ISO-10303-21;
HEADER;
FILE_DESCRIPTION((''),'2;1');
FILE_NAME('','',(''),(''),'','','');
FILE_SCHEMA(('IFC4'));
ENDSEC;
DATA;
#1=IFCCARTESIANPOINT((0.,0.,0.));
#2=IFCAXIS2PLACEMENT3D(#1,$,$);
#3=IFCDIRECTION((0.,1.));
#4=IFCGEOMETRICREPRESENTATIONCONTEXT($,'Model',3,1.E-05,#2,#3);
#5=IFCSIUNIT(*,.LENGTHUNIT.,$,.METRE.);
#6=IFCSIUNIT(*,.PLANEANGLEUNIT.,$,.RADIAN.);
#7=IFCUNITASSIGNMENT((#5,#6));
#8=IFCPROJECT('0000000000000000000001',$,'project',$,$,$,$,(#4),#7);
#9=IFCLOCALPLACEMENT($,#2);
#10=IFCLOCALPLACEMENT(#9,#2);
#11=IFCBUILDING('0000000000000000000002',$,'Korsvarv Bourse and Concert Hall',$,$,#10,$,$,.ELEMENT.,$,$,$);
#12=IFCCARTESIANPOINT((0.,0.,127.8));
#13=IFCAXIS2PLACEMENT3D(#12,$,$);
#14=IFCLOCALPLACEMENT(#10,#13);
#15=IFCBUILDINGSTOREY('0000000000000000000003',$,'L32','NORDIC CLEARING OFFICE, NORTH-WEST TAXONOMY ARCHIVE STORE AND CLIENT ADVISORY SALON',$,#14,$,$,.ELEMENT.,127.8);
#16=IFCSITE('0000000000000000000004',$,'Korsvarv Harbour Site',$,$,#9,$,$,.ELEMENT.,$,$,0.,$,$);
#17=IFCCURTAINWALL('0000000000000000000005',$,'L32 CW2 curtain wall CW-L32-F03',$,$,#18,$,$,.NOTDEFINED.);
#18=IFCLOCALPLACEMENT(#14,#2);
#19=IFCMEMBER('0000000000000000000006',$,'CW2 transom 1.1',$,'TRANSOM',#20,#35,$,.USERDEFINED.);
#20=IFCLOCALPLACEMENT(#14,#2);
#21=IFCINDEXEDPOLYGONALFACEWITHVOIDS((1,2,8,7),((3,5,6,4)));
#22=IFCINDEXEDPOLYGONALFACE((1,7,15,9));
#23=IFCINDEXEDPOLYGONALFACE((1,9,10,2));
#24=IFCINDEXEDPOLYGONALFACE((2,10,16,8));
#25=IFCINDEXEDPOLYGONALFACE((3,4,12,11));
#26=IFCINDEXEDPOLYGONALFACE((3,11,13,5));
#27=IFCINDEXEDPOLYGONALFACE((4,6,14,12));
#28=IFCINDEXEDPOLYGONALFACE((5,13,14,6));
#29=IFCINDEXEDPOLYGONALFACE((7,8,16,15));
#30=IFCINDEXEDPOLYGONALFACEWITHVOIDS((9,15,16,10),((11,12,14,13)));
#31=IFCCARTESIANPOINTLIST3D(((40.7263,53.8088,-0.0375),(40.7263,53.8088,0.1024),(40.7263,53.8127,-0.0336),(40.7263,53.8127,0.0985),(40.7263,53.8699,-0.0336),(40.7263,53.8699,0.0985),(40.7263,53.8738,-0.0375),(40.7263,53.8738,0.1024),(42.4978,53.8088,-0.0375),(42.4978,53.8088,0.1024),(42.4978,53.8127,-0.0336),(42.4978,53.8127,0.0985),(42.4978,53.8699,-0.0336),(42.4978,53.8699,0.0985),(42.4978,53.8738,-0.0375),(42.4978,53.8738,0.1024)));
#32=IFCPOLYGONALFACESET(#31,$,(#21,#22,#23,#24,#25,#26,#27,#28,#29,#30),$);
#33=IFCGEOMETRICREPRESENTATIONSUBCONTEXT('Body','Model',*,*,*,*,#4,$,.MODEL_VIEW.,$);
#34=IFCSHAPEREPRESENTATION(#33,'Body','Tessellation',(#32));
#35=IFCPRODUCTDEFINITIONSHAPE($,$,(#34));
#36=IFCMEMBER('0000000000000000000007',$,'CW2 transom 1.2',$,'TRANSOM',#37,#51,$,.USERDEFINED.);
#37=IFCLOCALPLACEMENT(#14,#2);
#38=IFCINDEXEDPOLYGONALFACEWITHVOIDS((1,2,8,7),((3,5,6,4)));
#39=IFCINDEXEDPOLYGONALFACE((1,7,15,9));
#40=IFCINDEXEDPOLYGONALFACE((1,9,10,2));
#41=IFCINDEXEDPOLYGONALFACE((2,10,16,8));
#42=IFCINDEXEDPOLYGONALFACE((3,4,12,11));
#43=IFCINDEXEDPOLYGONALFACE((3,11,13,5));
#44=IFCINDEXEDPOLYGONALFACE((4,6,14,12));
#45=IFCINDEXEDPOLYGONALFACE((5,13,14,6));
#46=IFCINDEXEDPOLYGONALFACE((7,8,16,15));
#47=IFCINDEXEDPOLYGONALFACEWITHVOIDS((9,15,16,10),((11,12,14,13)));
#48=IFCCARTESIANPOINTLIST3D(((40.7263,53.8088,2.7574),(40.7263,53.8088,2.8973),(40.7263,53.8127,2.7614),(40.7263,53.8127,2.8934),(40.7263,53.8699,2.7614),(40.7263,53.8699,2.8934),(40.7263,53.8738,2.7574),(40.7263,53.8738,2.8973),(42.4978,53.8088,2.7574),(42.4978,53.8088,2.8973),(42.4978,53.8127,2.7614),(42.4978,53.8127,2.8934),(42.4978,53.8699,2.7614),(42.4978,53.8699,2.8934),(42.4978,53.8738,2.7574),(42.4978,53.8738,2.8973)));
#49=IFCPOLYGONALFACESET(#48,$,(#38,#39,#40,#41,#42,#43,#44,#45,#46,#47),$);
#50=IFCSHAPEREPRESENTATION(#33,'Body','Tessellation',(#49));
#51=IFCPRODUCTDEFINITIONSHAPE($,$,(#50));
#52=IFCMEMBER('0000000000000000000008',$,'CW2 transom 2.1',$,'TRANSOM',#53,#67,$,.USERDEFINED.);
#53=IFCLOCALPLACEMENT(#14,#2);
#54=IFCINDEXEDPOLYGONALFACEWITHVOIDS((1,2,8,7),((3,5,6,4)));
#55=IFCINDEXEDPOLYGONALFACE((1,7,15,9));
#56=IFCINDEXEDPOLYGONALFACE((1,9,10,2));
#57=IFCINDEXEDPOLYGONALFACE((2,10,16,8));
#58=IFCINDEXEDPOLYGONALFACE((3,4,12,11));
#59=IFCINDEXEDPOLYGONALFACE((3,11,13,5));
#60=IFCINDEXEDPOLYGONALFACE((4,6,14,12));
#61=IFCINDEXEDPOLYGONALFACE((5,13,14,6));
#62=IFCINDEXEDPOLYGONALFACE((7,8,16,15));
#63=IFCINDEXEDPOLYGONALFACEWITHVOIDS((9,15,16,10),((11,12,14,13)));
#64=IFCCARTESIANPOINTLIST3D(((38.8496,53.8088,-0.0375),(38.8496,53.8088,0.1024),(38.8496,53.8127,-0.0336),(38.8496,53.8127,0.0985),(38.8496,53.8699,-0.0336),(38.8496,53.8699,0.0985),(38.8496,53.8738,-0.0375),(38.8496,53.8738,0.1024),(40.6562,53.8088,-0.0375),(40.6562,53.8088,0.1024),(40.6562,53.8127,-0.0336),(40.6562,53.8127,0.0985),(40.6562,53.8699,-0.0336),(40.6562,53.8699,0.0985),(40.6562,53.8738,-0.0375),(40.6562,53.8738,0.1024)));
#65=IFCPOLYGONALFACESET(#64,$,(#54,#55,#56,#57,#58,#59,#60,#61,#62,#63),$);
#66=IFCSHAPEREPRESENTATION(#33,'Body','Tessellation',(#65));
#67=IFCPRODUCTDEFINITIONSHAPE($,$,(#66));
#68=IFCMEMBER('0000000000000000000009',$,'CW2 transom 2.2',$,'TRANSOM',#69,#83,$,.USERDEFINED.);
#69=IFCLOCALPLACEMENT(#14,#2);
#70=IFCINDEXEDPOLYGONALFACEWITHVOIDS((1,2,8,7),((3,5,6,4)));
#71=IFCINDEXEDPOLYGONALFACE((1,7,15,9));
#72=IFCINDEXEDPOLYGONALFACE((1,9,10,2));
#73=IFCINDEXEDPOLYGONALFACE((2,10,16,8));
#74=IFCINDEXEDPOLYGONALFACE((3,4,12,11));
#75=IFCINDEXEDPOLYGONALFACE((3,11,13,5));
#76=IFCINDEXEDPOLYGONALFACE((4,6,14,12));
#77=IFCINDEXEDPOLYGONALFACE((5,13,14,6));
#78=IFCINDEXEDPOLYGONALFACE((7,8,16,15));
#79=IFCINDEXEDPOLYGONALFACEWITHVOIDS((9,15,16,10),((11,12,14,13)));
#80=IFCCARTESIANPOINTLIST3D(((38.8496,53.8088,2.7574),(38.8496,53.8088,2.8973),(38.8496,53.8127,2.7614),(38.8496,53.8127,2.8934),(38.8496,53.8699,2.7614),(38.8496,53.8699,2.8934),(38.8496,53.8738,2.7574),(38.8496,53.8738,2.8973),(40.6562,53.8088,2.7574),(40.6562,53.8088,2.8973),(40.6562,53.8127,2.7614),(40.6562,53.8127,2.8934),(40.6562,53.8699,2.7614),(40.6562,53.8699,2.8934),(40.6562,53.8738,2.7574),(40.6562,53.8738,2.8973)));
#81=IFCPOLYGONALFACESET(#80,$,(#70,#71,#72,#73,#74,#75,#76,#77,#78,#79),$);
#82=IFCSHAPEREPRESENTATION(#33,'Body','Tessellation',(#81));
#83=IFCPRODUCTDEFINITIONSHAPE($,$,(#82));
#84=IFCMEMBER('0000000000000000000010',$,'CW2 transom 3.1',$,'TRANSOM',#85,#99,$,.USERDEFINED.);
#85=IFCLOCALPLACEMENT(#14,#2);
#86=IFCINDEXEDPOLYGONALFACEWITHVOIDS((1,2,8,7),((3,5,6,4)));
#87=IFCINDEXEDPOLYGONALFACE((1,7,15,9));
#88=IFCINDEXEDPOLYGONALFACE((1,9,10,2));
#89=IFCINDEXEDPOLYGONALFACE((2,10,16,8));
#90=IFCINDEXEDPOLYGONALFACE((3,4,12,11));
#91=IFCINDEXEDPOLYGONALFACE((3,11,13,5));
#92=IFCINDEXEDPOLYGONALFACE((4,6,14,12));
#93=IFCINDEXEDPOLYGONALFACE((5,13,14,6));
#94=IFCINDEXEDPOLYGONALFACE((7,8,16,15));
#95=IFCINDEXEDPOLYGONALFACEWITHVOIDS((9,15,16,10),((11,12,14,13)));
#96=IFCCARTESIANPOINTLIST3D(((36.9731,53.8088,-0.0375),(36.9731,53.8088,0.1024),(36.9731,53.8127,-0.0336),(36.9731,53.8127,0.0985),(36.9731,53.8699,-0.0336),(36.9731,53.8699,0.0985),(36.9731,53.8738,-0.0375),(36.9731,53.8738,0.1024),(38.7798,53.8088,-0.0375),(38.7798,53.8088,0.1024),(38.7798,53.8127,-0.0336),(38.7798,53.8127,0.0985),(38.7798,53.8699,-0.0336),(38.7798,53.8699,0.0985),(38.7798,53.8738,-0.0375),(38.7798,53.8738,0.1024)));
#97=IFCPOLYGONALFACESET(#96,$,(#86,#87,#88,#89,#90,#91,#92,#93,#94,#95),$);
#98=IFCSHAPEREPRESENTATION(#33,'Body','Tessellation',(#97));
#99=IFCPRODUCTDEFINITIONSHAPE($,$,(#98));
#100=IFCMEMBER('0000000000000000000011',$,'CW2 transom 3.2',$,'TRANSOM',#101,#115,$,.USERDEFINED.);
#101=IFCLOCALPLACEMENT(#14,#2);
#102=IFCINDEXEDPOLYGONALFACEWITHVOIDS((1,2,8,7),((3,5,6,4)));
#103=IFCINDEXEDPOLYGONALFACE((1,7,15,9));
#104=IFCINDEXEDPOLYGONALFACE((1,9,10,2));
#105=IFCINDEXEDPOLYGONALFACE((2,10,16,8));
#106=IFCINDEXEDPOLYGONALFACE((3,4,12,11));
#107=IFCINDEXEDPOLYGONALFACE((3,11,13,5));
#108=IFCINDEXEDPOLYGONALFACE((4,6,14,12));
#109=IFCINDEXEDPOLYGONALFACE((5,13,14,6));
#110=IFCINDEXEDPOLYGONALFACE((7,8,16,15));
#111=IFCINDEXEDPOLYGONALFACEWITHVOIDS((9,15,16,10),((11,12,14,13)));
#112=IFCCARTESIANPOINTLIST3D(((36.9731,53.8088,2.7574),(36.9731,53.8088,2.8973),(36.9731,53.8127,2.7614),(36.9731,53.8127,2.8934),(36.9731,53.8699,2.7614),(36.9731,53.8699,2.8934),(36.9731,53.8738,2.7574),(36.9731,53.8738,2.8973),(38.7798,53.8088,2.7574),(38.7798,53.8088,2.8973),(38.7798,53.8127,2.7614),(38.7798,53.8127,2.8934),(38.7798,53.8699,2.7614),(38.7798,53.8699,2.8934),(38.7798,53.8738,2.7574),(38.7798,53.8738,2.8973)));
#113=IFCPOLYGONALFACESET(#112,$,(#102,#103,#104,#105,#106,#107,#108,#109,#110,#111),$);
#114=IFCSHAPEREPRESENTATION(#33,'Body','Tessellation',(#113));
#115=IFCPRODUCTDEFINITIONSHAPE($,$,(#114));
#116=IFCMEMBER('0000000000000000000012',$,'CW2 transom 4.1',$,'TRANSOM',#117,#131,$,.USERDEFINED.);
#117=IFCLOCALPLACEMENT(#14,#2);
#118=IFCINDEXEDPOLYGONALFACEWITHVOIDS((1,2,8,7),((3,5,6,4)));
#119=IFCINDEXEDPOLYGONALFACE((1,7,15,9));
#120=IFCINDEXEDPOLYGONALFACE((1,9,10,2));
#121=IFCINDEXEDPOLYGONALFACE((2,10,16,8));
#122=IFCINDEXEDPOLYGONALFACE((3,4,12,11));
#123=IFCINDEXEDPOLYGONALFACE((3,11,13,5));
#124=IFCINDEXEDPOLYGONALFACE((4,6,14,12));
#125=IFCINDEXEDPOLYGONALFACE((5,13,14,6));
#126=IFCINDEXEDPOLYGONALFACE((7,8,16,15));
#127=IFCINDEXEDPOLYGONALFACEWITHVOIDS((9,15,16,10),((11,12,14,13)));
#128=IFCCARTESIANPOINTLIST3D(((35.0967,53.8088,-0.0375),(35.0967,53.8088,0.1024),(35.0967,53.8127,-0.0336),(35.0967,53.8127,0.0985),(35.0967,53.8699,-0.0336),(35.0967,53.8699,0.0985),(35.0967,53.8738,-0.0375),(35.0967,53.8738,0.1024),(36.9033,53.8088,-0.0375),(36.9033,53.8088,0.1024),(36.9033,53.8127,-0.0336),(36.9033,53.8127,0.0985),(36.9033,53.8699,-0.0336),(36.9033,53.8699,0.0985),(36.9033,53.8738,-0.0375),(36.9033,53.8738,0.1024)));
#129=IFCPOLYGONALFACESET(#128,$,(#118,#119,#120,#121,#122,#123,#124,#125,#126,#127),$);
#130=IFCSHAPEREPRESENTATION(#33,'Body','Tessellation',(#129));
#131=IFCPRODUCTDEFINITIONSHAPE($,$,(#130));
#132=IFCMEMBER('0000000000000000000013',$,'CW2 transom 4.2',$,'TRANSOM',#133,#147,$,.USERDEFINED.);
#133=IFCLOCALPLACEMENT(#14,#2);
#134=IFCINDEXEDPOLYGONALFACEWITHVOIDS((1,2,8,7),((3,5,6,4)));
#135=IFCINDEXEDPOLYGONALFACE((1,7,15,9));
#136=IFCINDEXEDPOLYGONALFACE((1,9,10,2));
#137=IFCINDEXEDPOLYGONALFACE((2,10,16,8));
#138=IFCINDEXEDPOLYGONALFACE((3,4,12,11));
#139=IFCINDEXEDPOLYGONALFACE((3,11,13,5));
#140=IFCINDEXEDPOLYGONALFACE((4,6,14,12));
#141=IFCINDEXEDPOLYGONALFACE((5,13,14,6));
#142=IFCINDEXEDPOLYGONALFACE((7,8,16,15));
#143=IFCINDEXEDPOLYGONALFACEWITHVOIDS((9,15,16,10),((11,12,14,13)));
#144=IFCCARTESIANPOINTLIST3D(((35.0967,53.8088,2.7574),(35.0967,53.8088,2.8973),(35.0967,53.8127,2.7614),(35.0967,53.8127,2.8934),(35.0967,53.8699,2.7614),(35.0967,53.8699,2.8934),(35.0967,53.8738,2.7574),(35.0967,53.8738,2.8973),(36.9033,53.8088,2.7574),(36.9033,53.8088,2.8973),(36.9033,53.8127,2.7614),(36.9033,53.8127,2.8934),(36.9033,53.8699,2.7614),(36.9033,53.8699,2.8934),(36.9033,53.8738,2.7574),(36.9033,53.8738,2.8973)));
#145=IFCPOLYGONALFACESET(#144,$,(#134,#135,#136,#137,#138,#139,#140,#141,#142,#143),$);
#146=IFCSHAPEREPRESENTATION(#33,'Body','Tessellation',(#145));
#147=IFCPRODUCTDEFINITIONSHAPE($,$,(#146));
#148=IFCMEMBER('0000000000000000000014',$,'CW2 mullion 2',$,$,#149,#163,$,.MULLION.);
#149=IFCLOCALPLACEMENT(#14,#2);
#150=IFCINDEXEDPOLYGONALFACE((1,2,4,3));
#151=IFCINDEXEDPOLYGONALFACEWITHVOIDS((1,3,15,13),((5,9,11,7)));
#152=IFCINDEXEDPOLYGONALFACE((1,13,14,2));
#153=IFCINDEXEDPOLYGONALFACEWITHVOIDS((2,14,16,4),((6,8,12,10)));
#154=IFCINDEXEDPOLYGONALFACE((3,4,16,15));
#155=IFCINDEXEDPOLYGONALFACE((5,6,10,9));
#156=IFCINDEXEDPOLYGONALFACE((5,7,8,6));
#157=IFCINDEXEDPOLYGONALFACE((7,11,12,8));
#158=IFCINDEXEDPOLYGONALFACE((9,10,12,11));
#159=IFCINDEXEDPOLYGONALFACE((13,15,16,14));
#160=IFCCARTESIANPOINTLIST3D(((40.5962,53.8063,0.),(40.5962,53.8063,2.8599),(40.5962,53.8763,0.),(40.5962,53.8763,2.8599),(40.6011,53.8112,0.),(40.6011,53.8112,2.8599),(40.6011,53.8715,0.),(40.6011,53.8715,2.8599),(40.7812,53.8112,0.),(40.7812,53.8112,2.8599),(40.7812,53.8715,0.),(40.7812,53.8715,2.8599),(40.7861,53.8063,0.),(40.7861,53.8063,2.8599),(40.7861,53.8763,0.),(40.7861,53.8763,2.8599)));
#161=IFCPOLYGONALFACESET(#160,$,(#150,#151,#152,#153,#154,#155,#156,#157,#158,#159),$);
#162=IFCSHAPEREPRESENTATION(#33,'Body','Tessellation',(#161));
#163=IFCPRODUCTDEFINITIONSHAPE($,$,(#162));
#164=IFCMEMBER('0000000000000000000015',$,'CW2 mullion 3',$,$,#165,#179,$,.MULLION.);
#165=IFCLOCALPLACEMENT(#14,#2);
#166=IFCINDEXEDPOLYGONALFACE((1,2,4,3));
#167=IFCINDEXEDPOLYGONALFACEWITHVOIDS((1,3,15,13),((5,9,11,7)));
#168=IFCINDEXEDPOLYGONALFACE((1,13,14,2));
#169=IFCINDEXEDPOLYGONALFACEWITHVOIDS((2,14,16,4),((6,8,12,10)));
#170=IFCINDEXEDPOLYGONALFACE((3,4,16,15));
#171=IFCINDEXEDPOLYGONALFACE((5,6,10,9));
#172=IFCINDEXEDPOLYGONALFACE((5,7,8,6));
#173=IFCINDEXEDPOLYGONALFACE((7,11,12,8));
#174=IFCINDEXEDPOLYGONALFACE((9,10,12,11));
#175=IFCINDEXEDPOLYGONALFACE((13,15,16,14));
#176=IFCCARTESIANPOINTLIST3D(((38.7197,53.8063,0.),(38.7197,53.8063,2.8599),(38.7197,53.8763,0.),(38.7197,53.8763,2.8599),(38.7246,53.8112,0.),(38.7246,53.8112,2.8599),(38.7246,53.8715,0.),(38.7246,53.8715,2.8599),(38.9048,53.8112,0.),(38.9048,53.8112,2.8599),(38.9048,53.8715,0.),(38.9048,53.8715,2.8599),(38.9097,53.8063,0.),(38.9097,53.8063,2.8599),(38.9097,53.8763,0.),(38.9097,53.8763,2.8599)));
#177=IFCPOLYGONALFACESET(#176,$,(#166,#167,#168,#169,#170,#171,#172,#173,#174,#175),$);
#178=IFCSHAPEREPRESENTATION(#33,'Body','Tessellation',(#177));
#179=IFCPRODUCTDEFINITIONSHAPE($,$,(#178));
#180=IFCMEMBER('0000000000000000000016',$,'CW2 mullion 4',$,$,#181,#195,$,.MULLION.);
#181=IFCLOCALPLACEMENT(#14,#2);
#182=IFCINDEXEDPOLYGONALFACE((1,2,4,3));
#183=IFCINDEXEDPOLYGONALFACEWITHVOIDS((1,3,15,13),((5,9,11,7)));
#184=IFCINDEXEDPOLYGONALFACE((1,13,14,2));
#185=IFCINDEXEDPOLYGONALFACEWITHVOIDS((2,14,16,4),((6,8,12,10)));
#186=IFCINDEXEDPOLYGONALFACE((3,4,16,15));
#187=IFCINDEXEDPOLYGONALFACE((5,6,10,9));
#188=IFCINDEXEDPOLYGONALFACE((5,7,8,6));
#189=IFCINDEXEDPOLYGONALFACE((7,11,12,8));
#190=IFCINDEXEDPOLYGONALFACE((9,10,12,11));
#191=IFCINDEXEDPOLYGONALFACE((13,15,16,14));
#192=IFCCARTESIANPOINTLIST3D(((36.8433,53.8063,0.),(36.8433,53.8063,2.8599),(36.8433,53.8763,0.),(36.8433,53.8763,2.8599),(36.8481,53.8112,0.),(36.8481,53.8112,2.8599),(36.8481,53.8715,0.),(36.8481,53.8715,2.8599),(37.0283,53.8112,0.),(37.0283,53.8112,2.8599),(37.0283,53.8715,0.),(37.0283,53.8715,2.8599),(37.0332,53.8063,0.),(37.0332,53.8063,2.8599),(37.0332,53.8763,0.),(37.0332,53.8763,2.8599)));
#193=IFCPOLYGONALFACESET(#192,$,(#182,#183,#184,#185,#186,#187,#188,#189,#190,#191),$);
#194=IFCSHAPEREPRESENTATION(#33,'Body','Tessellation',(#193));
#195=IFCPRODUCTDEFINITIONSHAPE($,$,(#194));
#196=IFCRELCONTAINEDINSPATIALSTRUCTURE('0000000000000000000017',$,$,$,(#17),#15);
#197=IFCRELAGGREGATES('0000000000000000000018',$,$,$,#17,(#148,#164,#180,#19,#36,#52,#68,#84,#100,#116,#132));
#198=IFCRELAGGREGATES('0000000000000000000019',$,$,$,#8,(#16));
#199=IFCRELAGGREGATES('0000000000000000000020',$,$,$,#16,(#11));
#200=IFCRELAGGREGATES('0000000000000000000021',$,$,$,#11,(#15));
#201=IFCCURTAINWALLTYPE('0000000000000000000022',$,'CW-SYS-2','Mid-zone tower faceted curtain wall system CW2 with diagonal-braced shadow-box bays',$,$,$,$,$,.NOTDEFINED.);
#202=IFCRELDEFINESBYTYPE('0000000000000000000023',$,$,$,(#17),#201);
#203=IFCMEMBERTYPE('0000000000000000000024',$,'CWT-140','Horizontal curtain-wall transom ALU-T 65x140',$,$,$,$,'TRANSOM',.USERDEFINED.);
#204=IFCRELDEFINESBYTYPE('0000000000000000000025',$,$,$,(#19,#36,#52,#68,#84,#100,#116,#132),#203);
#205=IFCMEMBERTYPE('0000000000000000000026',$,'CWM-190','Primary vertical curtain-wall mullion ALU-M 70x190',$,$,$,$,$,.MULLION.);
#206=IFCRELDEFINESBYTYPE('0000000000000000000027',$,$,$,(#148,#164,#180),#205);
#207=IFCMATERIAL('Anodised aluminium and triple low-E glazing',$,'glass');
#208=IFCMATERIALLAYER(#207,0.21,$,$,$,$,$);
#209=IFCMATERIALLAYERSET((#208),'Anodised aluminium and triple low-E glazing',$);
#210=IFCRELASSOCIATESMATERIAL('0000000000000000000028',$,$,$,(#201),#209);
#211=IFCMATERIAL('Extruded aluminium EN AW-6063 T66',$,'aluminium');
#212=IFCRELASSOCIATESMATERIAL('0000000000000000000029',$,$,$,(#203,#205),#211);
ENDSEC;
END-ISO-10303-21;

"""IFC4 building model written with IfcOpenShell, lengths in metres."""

from ifc_helpers import new_model, si_unit, direction, frame, origin, origin_2d, place, context, subcontext, project, spatial, hollow_rectangle, extrude, source, transform, mapped, material, layer, layer_set, material_profile, profile_set, type_object, element, aggregate, save


model = new_model("IFC4")

# Units and contexts
model_context = context("Model", 3, precision=1e-05, world=origin(), true_north=direction((0.0, 1.0)))
body_context = subcontext(model_context, "Body", "Model", "MODEL_VIEW")
ifc_project = project(units=[si_unit("LENGTHUNIT", "METRE"), si_unit("PLANEANGLEUNIT", "RADIAN")], contexts=[model_context])

# Site, building, storey
site_placement = place(None, origin())
site = spatial("IfcSite", under=ifc_project, at=site_placement, Name="Korsvarv Harbour Site", CompositionType="ELEMENT", RefElevation=0.0)
building_placement = place(site_placement, origin())
building = spatial("IfcBuilding", under=site, at=building_placement, Name="Korsvarv Bourse and Concert Hall", CompositionType="ELEMENT")
storey_placement = place(building_placement, frame((0.0, 0.0, 127.8)))
storey = spatial("IfcBuildingStorey", under=building, at=storey_placement, Name="L32", Description="NORDIC CLEARING OFFICE, NORTH-WEST TAXONOMY ARCHIVE STORE AND CLIENT ADVISORY SALON", CompositionType="ELEMENT", Elevation=127.8)

# Curtain wall, members
ifc_material_1 = material(Name="Anodised aluminium and triple low-E glazing", Category="glass")
ifc_layer_1 = layer(ifc_material_1, 0.21)
ifc_layer_set_1 = layer_set([ifc_layer_1], Name="Anodised aluminium and triple low-E glazing")
curtain_wall_type = type_object("IfcCurtainWallType", Name="CW-SYS-2", Description="Mid-zone tower faceted curtain wall system CW2 with diagonal-braced shadow-box bays", PredefinedType="NOTDEFINED", material=ifc_layer_set_1)
curtain_wall_placement = place(storey_placement, origin())
curtain_wall = element("IfcCurtainWall", 1, at=curtain_wall_placement, inside=storey, type_object=curtain_wall_type, Name="L32 CW2 curtain wall CW-L32-F03", PredefinedType="NOTDEFINED")
ifc_material_2 = material(Name="Extruded aluminium EN AW-6063 T66", Category="aluminium")
ifc_material_profile_1 = material_profile(ifc_material_2, hollow_rectangle(XDim=0.0649, YDim=0.1399, WallThickness=0.0039, at=origin_2d()), Name="ALU-T 65x140")
ifc_profile_set_1 = profile_set([ifc_material_profile_1], Name="Extruded aluminium EN AW-6063 T66")
member_type_1 = type_object("IfcMemberType", Name="CWT-140", Description="Horizontal curtain-wall transom ALU-T 65x140", ElementType="TRANSOM", PredefinedType="USERDEFINED", material=ifc_profile_set_1)
shared_shape_1 = source(origin(), body_context, "Body", "SweptSolid", [
    extrude(hollow_rectangle(XDim=0.0649, YDim=0.1399, WallThickness=0.0039, at=origin_2d()), origin(), (0.0, 0.0, 1.0), 1.7715),
])
member_1_placement = place(storey_placement, frame((42.4978, 53.8413, 0.0325), z_axis=(-1.0, 0.0, 0.0), x_axis=(0.0, -1.0, 0.0)))
member_1 = element("IfcMember", 2, at=member_1_placement, type_object=member_type_1, Name="CW2 transom 1.1", ObjectType="TRANSOM", PredefinedType="USERDEFINED", context=body_context, shape_type="MappedRepresentation", body=[
    mapped(shared_shape_1, transform((0.0, 0.0, 0.0), scale=1.0)),
])
member_2_placement = place(storey_placement, frame((42.4978, 53.8413, 2.8274), z_axis=(-1.0, 0.0, 0.0), x_axis=(0.0, -1.0, 0.0)))
member_2 = element("IfcMember", 3, at=member_2_placement, type_object=member_type_1, Name="CW2 transom 1.2", ObjectType="TRANSOM", PredefinedType="USERDEFINED", context=body_context, shape_type="MappedRepresentation", body=[
    mapped(shared_shape_1, transform((0.0, 0.0, 0.0), scale=1.0)),
])
shared_shape_2 = source(origin(), body_context, "Body", "SweptSolid", [
    extrude(hollow_rectangle(XDim=0.0649, YDim=0.1399, WallThickness=0.0039, at=origin_2d()), origin(), (0.0, 0.0, 1.0), 1.8066),
])
member_3_placement = place(storey_placement, frame((40.6562, 53.8413, 0.0325), z_axis=(-1.0, 0.0, 0.0), x_axis=(0.0, -1.0, 0.0)))
member_3 = element("IfcMember", 4, at=member_3_placement, type_object=member_type_1, Name="CW2 transom 2.1", ObjectType="TRANSOM", PredefinedType="USERDEFINED", context=body_context, shape_type="MappedRepresentation", body=[
    mapped(shared_shape_2, transform((0.0, 0.0, 0.0), scale=1.0)),
])
member_4_placement = place(storey_placement, frame((40.6562, 53.8413, 2.8274), z_axis=(-1.0, 0.0, 0.0), x_axis=(0.0, -1.0, 0.0)))
member_4 = element("IfcMember", 5, at=member_4_placement, type_object=member_type_1, Name="CW2 transom 2.2", ObjectType="TRANSOM", PredefinedType="USERDEFINED", context=body_context, shape_type="MappedRepresentation", body=[
    mapped(shared_shape_2, transform((0.0, 0.0, 0.0), scale=1.0)),
])
member_5_placement = place(storey_placement, frame((38.7798, 53.8413, 0.0325), z_axis=(-1.0, 0.0, 0.0), x_axis=(0.0, -1.0, 0.0)))
member_5 = element("IfcMember", 6, at=member_5_placement, type_object=member_type_1, Name="CW2 transom 3.1", ObjectType="TRANSOM", PredefinedType="USERDEFINED", context=body_context, shape_type="MappedRepresentation", body=[
    mapped(shared_shape_2, transform((0.0, 0.0, 0.0), scale=1.0)),
])
member_6_placement = place(storey_placement, frame((38.7798, 53.8413, 2.8274), z_axis=(-1.0, 0.0, 0.0), x_axis=(0.0, -1.0, 0.0)))
member_6 = element("IfcMember", 7, at=member_6_placement, type_object=member_type_1, Name="CW2 transom 3.2", ObjectType="TRANSOM", PredefinedType="USERDEFINED", context=body_context, shape_type="MappedRepresentation", body=[
    mapped(shared_shape_2, transform((0.0, 0.0, 0.0), scale=1.0)),
])
member_7_placement = place(storey_placement, frame((36.9033, 53.8413, 0.0325), z_axis=(-1.0, 0.0, 0.0), x_axis=(0.0, -1.0, 0.0)))
member_7 = element("IfcMember", 8, at=member_7_placement, type_object=member_type_1, Name="CW2 transom 4.1", ObjectType="TRANSOM", PredefinedType="USERDEFINED", context=body_context, shape_type="MappedRepresentation", body=[
    mapped(shared_shape_2, transform((0.0, 0.0, 0.0), scale=1.0)),
])
member_8_placement = place(storey_placement, frame((36.9033, 53.8413, 2.8274), z_axis=(-1.0, 0.0, 0.0), x_axis=(0.0, -1.0, 0.0)))
member_8 = element("IfcMember", 9, at=member_8_placement, type_object=member_type_1, Name="CW2 transom 4.2", ObjectType="TRANSOM", PredefinedType="USERDEFINED", context=body_context, shape_type="MappedRepresentation", body=[
    mapped(shared_shape_2, transform((0.0, 0.0, 0.0), scale=1.0)),
])
ifc_material_profile_2 = material_profile(ifc_material_2, hollow_rectangle(XDim=0.0701, YDim=0.1899, WallThickness=0.0049, at=origin_2d()), Name="ALU-M 70x190")
ifc_profile_set_2 = profile_set([ifc_material_profile_2], Name="Extruded aluminium EN AW-6063 T66")
member_type_2 = type_object("IfcMemberType", Name="CWM-190", Description="Primary vertical curtain-wall mullion ALU-M 70x190", PredefinedType="MULLION", material=ifc_profile_set_2)
shared_shape_3 = source(origin(), body_context, "Body", "SweptSolid", [
    extrude(hollow_rectangle(XDim=0.0701, YDim=0.1899, WallThickness=0.0049, at=origin_2d()), origin(), (0.0, 0.0, 1.0), 2.8599),
])
member_9_placement = place(storey_placement, frame((40.6912, 53.8413, 0.0), z_axis=(0.0, 0.0, 1.0), x_axis=(0.0, -1.0, 0.0)))
member_9 = element("IfcMember", 10, at=member_9_placement, type_object=member_type_2, Name="CW2 mullion 2", PredefinedType="MULLION", context=body_context, shape_type="MappedRepresentation", body=[
    mapped(shared_shape_3, transform((0.0, 0.0, 0.0), scale=1.0)),
])
member_10_placement = place(storey_placement, frame((38.8147, 53.8413, 0.0), z_axis=(0.0, 0.0, 1.0), x_axis=(0.0, -1.0, 0.0)))
member_10 = element("IfcMember", 11, at=member_10_placement, type_object=member_type_2, Name="CW2 mullion 3", PredefinedType="MULLION", context=body_context, shape_type="MappedRepresentation", body=[
    mapped(shared_shape_3, transform((0.0, 0.0, 0.0), scale=1.0)),
])
member_11_placement = place(storey_placement, frame((36.9382, 53.8413, 0.0), z_axis=(0.0, 0.0, 1.0), x_axis=(0.0, -1.0, 0.0)))
member_11 = element("IfcMember", 12, at=member_11_placement, type_object=member_type_2, Name="CW2 mullion 4", PredefinedType="MULLION", context=body_context, shape_type="MappedRepresentation", body=[
    mapped(shared_shape_3, transform((0.0, 0.0, 0.0), scale=1.0)),
])
aggregate(curtain_wall, [member_9, member_10, member_11, member_1, member_2, member_3, member_4, member_5, member_6, member_7, member_8])

save(model, "model.ifc")
